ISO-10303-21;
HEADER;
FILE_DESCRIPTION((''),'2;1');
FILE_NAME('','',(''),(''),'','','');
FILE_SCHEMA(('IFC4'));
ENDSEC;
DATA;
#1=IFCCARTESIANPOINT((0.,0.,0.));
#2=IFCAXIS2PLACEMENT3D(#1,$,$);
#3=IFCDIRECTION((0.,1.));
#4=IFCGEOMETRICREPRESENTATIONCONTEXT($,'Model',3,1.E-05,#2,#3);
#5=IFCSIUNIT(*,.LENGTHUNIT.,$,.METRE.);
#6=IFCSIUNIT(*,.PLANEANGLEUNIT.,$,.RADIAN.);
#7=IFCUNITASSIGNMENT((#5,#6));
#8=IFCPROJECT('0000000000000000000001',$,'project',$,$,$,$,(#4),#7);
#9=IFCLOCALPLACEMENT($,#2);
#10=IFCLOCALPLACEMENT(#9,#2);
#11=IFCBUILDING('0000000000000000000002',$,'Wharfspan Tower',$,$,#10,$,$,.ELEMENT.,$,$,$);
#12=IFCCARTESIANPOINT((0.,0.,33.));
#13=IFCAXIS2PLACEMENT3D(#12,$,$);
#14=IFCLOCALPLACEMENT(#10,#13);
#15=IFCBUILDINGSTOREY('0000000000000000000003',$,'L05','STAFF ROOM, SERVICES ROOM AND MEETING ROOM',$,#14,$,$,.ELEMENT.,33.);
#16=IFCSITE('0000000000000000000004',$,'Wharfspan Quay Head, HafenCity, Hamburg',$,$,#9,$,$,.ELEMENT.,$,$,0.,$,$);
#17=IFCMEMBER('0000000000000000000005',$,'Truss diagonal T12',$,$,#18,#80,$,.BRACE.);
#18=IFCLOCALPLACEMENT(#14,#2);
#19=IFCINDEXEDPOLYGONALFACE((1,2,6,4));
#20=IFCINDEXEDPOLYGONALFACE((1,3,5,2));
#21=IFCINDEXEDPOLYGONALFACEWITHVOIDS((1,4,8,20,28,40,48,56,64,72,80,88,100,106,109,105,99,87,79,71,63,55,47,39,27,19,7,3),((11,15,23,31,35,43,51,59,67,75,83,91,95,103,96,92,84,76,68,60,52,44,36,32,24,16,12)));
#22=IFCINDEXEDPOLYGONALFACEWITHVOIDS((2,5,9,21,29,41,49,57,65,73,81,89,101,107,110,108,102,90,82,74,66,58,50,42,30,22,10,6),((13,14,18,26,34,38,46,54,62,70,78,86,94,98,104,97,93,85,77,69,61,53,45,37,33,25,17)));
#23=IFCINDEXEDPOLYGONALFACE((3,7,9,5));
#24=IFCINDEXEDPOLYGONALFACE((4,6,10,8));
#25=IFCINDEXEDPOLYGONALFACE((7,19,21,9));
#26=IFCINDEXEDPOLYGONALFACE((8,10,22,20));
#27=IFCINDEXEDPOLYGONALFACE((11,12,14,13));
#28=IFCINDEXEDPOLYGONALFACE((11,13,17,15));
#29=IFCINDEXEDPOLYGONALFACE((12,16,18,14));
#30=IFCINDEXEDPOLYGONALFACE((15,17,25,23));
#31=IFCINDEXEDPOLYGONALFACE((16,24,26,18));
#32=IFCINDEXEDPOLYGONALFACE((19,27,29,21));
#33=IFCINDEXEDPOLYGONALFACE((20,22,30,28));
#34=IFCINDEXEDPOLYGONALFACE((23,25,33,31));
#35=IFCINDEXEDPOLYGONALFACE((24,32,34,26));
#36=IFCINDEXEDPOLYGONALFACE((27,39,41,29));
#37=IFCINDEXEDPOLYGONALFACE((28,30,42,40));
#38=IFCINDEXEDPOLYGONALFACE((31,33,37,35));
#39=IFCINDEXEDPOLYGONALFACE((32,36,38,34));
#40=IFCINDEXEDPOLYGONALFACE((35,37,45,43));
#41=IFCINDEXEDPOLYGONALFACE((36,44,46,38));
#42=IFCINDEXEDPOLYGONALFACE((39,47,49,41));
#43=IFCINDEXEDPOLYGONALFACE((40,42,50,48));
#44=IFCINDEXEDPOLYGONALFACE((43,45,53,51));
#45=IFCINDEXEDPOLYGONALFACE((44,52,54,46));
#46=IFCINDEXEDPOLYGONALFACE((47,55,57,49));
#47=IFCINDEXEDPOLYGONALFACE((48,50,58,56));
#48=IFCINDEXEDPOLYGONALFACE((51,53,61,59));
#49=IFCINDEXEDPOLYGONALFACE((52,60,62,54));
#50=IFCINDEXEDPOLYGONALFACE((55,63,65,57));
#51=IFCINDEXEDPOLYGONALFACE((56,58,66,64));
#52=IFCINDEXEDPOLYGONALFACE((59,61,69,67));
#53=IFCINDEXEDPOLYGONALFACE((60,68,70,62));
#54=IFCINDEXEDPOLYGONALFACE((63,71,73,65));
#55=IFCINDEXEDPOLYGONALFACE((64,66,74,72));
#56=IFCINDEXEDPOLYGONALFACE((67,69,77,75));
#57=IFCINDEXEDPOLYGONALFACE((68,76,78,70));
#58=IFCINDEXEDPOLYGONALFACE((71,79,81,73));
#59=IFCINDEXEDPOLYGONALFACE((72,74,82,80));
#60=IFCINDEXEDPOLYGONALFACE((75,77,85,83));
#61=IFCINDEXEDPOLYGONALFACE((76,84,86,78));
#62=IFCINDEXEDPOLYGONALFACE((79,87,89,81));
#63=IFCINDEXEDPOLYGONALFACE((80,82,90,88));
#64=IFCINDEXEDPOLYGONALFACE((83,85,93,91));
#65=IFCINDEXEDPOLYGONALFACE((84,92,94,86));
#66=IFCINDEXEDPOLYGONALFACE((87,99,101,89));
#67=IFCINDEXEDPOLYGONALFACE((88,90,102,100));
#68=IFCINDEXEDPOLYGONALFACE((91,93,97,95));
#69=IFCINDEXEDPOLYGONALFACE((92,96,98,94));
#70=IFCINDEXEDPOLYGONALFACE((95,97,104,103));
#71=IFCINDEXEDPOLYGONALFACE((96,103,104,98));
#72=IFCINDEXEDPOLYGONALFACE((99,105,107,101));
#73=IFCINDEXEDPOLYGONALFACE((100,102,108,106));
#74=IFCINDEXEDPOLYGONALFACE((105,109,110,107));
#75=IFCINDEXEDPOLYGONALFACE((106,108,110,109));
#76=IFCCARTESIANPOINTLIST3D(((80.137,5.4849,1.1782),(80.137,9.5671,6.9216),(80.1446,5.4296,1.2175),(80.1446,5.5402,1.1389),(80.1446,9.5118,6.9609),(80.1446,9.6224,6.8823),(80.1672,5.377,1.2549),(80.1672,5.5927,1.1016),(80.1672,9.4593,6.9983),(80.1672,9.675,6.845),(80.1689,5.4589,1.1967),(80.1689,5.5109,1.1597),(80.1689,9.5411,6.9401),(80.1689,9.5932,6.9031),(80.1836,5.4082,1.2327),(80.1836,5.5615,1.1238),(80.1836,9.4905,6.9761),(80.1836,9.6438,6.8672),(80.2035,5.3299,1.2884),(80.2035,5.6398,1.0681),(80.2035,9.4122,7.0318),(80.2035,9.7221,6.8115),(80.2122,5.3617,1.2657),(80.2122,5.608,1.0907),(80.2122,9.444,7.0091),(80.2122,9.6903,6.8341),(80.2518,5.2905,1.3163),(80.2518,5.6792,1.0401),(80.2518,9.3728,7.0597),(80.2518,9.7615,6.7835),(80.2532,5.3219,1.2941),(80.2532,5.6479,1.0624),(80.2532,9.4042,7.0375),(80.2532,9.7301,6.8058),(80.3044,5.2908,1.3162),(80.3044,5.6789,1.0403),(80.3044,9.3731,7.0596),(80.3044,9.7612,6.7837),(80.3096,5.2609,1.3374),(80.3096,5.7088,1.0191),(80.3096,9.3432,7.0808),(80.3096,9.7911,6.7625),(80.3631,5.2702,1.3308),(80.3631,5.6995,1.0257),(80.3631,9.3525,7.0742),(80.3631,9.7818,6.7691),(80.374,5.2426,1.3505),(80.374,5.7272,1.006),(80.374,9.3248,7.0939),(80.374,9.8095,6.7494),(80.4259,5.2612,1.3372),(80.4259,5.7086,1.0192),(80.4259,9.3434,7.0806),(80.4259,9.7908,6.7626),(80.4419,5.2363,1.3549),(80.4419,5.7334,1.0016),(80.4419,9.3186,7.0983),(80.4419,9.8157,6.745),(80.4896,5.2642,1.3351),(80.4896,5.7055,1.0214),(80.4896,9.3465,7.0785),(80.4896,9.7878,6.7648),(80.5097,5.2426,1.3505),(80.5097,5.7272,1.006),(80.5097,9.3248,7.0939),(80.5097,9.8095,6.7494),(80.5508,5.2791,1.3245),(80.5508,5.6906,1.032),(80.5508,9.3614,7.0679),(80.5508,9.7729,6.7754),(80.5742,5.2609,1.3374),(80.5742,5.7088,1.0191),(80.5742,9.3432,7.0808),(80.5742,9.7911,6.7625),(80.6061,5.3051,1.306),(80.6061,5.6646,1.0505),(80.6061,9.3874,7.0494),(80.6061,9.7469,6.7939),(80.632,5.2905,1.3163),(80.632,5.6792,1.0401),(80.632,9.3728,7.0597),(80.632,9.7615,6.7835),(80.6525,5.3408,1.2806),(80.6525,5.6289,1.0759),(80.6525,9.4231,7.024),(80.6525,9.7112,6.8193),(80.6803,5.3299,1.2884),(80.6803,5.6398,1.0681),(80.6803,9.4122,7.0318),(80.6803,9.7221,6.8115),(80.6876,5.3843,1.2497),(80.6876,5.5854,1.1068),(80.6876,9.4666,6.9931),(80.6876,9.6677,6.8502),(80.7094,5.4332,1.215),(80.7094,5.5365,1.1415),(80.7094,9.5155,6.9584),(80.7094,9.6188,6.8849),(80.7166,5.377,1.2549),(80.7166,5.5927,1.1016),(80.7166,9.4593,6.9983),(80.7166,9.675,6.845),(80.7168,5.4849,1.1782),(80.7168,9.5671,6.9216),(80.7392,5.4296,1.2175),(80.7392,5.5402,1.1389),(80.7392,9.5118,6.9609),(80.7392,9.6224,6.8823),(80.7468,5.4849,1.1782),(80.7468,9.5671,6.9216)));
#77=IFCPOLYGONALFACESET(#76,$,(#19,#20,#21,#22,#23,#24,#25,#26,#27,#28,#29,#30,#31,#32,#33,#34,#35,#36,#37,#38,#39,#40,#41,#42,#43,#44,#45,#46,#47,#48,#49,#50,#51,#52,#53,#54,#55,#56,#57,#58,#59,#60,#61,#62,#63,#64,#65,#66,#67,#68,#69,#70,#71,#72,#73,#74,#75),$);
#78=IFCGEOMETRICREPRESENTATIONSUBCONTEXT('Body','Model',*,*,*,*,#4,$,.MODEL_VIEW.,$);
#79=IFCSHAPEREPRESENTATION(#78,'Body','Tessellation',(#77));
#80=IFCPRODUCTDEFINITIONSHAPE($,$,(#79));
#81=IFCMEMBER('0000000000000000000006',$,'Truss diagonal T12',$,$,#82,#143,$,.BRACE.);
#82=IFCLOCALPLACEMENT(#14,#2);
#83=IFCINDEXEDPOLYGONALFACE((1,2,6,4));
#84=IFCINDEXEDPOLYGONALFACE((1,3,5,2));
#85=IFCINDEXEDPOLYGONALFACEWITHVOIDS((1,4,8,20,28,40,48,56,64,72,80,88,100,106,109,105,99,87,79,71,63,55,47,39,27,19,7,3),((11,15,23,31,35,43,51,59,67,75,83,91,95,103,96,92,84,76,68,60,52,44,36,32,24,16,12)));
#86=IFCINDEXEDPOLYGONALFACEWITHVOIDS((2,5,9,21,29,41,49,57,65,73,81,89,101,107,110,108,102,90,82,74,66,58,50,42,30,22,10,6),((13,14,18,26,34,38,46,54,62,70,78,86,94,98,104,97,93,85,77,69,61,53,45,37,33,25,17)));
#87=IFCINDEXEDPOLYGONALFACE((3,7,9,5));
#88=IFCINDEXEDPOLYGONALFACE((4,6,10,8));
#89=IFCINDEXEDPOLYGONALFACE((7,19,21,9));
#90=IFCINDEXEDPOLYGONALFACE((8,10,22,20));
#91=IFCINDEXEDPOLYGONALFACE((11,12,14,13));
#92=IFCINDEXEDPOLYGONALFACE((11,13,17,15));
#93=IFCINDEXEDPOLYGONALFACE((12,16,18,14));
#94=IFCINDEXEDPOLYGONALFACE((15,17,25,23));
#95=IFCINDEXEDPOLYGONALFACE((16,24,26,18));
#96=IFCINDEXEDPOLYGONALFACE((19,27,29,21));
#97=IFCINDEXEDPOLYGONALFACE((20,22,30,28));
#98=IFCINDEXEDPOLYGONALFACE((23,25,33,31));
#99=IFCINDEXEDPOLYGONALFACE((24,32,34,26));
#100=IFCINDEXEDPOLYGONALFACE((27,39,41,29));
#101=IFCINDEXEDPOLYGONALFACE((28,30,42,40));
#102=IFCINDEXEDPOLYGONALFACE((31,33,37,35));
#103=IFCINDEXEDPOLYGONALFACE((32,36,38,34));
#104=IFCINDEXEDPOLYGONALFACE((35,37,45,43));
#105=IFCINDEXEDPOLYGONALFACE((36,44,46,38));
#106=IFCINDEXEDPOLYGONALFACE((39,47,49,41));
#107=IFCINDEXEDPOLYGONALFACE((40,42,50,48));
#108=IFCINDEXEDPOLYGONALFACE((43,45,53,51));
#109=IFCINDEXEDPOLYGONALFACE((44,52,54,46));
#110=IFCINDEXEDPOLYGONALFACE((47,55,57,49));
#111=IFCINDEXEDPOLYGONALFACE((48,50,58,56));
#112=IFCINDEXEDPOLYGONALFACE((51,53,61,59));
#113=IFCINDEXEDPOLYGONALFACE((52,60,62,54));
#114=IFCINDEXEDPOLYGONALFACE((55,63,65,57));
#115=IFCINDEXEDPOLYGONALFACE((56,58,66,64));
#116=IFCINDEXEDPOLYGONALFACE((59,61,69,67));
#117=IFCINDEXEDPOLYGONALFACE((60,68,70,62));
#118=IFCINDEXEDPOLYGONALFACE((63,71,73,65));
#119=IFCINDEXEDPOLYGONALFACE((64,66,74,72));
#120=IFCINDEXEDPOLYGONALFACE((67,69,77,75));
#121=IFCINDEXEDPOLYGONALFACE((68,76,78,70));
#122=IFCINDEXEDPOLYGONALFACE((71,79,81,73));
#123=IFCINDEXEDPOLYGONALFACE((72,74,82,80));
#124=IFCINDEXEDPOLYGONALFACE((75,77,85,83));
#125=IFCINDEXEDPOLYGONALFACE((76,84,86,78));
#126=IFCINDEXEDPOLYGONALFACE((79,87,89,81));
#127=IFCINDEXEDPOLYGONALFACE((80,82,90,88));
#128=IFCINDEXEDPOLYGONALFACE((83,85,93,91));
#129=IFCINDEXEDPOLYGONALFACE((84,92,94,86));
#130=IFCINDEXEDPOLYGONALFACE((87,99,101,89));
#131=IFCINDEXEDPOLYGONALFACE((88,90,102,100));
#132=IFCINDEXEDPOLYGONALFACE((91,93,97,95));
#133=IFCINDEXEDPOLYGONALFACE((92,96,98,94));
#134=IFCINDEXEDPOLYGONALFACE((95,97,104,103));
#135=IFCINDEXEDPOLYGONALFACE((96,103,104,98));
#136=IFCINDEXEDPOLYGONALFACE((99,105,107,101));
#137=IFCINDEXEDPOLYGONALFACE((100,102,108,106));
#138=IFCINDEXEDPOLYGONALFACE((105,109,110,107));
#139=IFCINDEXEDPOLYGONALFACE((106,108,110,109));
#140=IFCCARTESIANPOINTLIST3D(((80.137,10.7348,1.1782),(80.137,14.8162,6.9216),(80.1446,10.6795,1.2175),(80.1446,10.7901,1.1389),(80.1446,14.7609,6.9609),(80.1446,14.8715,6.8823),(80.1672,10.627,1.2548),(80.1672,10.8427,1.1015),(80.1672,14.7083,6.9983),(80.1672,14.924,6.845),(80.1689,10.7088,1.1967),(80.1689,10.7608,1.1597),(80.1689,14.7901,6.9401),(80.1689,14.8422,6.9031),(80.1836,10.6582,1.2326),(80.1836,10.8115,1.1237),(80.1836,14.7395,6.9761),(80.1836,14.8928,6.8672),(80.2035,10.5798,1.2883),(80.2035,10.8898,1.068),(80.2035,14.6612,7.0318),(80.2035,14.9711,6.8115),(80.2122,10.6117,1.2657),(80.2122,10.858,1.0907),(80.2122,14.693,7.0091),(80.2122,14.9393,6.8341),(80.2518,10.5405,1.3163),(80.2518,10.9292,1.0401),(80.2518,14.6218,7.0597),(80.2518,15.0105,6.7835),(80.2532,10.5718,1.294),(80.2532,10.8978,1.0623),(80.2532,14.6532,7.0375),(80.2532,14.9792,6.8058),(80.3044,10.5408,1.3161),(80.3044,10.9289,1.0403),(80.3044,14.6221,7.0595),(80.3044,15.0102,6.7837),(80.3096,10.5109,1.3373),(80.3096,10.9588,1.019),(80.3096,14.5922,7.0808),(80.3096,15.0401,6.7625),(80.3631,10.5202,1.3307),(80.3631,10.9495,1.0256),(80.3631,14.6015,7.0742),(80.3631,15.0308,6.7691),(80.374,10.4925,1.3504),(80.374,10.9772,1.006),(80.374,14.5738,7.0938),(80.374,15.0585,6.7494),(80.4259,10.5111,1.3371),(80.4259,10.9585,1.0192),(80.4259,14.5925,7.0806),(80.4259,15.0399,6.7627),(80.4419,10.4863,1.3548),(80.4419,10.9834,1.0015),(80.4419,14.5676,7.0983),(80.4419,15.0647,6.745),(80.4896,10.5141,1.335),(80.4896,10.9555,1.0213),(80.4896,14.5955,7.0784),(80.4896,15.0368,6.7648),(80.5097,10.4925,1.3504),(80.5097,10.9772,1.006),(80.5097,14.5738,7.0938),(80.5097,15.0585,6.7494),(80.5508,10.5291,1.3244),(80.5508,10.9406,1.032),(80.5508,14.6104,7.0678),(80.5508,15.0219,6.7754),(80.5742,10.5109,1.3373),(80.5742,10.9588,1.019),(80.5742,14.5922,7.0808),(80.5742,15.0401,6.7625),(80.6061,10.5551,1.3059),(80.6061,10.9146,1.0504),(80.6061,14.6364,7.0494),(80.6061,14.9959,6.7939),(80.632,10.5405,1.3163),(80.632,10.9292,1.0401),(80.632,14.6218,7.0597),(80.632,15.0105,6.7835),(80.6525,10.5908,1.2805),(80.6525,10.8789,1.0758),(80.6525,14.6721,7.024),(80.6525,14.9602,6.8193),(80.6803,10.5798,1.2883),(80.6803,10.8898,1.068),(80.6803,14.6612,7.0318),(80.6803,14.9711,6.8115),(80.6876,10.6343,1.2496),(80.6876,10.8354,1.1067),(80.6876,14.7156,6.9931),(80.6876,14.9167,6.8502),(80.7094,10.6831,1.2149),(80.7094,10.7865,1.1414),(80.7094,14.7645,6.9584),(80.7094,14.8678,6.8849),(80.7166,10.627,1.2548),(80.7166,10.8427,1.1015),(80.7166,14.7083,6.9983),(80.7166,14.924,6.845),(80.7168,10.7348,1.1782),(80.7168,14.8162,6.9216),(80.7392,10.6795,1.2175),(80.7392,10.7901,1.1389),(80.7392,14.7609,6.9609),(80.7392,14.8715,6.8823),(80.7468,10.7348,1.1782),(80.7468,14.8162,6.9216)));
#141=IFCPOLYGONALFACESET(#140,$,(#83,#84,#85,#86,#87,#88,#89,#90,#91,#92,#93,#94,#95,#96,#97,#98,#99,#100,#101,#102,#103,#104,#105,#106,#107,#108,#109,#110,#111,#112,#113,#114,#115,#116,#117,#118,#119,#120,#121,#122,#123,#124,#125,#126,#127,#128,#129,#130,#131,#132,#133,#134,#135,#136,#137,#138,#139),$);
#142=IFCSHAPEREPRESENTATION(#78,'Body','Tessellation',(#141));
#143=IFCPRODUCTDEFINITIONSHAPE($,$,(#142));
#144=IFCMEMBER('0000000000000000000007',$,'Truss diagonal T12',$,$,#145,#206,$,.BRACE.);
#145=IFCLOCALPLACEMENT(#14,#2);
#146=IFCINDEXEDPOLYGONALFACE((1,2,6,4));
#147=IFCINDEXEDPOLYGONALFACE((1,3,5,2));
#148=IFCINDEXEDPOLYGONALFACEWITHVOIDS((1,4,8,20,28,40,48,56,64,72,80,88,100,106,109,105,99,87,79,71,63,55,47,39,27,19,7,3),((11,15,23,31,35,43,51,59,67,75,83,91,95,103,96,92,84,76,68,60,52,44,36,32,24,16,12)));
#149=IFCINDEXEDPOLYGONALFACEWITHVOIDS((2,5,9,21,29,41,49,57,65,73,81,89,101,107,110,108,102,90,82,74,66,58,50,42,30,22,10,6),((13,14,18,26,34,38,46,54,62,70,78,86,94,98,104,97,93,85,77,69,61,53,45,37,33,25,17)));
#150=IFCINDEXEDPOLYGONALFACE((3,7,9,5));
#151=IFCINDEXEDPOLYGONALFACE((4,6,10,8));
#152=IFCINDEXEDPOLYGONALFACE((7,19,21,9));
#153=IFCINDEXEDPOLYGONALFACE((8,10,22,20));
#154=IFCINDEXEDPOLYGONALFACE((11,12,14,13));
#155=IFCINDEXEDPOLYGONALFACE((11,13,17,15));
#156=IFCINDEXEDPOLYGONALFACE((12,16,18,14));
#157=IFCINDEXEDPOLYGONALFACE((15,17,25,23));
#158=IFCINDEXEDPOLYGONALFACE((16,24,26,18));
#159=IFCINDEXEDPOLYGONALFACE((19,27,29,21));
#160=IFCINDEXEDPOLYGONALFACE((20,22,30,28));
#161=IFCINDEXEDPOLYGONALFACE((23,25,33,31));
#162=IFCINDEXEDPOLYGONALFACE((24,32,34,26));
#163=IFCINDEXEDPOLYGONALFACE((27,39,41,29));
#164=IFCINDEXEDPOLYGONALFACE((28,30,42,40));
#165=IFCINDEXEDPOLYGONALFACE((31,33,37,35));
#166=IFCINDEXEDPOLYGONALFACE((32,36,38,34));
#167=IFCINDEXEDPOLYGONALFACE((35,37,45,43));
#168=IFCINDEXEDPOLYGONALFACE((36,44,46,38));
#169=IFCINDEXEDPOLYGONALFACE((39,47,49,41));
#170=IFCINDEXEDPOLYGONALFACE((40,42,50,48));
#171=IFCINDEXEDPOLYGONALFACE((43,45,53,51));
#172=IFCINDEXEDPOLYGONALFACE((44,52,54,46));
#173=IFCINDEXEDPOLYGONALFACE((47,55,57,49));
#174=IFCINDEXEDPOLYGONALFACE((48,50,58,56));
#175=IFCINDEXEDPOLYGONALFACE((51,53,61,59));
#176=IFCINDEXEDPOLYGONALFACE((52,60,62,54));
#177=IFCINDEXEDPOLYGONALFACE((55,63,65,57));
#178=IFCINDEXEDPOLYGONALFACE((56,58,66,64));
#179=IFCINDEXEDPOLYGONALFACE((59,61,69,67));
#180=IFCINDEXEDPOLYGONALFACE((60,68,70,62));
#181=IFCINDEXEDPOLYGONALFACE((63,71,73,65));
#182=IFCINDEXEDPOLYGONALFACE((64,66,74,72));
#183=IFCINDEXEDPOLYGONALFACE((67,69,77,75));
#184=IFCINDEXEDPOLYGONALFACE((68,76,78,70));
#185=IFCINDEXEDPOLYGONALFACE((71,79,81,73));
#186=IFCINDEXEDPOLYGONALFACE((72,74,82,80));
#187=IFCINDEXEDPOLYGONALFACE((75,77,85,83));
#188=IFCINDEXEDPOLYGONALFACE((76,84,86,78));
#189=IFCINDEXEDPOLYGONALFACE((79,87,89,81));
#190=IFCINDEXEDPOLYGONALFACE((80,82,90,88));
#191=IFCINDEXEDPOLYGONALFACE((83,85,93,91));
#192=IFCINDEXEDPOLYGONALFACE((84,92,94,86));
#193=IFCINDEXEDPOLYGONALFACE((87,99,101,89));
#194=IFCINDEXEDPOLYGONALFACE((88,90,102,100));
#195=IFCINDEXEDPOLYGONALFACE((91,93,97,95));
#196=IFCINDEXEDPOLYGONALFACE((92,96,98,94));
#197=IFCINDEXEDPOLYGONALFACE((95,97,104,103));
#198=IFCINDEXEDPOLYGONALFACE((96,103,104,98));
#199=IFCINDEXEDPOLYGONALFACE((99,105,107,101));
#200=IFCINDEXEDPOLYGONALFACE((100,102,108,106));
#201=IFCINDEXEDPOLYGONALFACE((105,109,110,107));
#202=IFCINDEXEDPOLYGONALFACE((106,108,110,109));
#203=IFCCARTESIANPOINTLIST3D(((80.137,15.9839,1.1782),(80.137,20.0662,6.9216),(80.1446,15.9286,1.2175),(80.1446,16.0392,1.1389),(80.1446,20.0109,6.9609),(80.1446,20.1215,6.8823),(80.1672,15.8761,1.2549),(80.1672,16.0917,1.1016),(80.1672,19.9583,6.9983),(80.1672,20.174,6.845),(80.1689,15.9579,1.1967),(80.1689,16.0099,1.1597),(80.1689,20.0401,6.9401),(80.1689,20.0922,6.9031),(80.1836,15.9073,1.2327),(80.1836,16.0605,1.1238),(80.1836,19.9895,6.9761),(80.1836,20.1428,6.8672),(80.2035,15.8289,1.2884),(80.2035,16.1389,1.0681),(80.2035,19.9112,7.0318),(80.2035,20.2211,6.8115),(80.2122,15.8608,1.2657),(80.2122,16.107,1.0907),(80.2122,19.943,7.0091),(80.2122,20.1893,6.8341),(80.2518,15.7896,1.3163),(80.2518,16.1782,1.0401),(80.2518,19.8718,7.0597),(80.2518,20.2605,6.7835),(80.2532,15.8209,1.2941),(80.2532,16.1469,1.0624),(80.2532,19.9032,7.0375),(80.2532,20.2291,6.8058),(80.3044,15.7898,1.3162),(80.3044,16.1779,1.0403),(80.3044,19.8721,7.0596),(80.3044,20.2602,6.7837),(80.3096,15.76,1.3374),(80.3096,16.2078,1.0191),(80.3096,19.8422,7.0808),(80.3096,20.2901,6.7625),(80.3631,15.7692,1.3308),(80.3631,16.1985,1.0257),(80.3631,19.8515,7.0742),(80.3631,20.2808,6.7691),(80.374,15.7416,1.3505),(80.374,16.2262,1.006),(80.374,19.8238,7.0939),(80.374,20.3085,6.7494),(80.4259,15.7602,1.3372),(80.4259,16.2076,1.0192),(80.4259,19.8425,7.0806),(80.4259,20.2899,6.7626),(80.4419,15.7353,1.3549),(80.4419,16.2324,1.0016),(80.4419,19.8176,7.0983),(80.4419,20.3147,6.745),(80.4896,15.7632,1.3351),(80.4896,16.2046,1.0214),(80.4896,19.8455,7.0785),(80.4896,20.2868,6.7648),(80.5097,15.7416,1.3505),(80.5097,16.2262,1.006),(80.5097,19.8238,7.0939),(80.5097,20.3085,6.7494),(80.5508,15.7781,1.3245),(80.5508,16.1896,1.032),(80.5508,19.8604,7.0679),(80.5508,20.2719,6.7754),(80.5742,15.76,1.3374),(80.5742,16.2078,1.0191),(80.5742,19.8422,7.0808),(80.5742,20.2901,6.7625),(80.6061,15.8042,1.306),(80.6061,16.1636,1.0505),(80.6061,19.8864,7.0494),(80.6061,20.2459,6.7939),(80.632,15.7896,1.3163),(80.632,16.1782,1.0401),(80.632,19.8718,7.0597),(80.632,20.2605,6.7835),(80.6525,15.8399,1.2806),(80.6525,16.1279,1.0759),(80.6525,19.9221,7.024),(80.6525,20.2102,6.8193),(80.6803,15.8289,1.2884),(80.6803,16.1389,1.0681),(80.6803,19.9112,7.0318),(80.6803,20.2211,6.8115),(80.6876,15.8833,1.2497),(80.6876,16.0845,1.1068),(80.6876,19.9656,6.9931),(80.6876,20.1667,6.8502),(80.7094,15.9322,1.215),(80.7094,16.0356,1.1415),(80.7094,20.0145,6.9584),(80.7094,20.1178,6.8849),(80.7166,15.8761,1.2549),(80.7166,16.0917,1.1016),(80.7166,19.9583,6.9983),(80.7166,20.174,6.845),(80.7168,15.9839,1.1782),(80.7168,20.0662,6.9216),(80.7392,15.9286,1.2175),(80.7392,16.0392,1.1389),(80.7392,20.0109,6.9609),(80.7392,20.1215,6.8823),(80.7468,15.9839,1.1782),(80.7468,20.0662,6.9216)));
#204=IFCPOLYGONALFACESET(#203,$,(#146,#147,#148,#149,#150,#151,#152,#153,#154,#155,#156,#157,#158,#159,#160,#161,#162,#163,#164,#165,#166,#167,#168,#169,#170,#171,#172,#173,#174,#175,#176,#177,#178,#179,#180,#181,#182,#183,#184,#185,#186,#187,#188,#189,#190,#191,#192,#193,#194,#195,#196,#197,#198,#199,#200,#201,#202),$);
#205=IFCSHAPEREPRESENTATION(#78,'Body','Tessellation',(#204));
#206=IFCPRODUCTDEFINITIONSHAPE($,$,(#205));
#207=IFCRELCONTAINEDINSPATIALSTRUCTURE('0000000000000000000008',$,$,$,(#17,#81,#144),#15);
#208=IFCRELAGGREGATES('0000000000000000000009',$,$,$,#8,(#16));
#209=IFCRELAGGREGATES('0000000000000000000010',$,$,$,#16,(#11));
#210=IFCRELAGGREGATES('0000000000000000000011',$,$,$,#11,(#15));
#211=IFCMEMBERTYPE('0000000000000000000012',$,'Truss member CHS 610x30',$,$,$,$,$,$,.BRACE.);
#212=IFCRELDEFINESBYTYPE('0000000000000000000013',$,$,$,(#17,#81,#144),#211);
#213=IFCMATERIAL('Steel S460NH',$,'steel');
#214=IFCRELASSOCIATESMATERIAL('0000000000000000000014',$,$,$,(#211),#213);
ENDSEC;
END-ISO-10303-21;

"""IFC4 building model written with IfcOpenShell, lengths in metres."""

from ifc_helpers import new_model, si_unit, direction, frame, origin, origin_2d, place, context, subcontext, project, spatial, hollow_circle, extrude, material, material_profile, profile_set, type_object, element, save


model = new_model("IFC4")

# Units and contexts
model_context = context("Model", 3, precision=1e-05, world=origin(), true_north=direction((0.0, 1.0)))
body_context = subcontext(model_context, "Body", "Model", "MODEL_VIEW")
ifc_project = project(units=[si_unit("LENGTHUNIT", "METRE"), si_unit("PLANEANGLEUNIT", "RADIAN")], contexts=[model_context])

# Site, building, storey
site_placement = place(None, origin())
site = spatial("IfcSite", under=ifc_project, at=site_placement, Name="Wharfspan Quay Head, HafenCity, Hamburg", CompositionType="ELEMENT", RefElevation=0.0)
building_placement = place(site_placement, origin())
building = spatial("IfcBuilding", under=site, at=building_placement, Name="Wharfspan Tower", CompositionType="ELEMENT")
storey_placement = place(building_placement, frame((0.0, 0.0, 33.0)))
storey = spatial("IfcBuildingStorey", under=building, at=storey_placement, Name="L05", Description="STAFF ROOM, SERVICES ROOM AND MEETING ROOM", CompositionType="ELEMENT", Elevation=33.0)

# Members
ifc_material_1 = material(Name="Steel S460NH", Category="steel")
ifc_material_profile_1 = material_profile(ifc_material_1, hollow_circle(Radius=0.3049, WallThickness=0.03, at=origin_2d()))
ifc_profile_set_1 = profile_set([ifc_material_profile_1], Name="Steel S460NH")
member_type_1 = type_object("IfcMemberType", Name="Truss member CHS 610x30", PredefinedType="BRACE", material=ifc_profile_set_1)
member_1_placement = place(storey_placement, frame((80.4419, 9.5671, 6.9216), z_axis=(0.0, -0.579342, -0.815084), x_axis=(1.0, 0.0, 0.0)))
element("IfcMember", 1, at=member_1_placement, inside=storey, type_object=member_type_1, Name="Truss diagonal T12", PredefinedType="BRACE", context=body_context, shape_type="SweptSolid", body=[
    extrude(hollow_circle(Radius=0.3049, WallThickness=0.03, at=origin_2d()), origin(), (0.0, 0.0, 1.0), 7.0464),
])
member_2_placement = place(storey_placement, frame((80.4419, 14.8162, 6.9216), z_axis=(0.0, -0.57925, -0.81515), x_axis=(1.0, 0.0, 0.0)))
element("IfcMember", 2, at=member_2_placement, inside=storey, type_object=member_type_1, Name="Truss diagonal T12", PredefinedType="BRACE", context=body_context, shape_type="SweptSolid", body=[
    extrude(hollow_circle(Radius=0.3049, WallThickness=0.03, at=origin_2d()), origin(), (0.0, 0.0, 1.0), 7.0459),
])
member_3_placement = place(storey_placement, frame((80.4419, 20.0662, 6.9216), z_axis=(0.0, -0.579342, -0.815084), x_axis=(1.0, 0.0, 0.0)))
element("IfcMember", 3, at=member_3_placement, inside=storey, type_object=member_type_1, Name="Truss diagonal T12", PredefinedType="BRACE", context=body_context, shape_type="SweptSolid", body=[
    extrude(hollow_circle(Radius=0.3049, WallThickness=0.03, at=origin_2d()), origin(), (0.0, 0.0, 1.0), 7.0464),
])

save(model, "model.ifc")
